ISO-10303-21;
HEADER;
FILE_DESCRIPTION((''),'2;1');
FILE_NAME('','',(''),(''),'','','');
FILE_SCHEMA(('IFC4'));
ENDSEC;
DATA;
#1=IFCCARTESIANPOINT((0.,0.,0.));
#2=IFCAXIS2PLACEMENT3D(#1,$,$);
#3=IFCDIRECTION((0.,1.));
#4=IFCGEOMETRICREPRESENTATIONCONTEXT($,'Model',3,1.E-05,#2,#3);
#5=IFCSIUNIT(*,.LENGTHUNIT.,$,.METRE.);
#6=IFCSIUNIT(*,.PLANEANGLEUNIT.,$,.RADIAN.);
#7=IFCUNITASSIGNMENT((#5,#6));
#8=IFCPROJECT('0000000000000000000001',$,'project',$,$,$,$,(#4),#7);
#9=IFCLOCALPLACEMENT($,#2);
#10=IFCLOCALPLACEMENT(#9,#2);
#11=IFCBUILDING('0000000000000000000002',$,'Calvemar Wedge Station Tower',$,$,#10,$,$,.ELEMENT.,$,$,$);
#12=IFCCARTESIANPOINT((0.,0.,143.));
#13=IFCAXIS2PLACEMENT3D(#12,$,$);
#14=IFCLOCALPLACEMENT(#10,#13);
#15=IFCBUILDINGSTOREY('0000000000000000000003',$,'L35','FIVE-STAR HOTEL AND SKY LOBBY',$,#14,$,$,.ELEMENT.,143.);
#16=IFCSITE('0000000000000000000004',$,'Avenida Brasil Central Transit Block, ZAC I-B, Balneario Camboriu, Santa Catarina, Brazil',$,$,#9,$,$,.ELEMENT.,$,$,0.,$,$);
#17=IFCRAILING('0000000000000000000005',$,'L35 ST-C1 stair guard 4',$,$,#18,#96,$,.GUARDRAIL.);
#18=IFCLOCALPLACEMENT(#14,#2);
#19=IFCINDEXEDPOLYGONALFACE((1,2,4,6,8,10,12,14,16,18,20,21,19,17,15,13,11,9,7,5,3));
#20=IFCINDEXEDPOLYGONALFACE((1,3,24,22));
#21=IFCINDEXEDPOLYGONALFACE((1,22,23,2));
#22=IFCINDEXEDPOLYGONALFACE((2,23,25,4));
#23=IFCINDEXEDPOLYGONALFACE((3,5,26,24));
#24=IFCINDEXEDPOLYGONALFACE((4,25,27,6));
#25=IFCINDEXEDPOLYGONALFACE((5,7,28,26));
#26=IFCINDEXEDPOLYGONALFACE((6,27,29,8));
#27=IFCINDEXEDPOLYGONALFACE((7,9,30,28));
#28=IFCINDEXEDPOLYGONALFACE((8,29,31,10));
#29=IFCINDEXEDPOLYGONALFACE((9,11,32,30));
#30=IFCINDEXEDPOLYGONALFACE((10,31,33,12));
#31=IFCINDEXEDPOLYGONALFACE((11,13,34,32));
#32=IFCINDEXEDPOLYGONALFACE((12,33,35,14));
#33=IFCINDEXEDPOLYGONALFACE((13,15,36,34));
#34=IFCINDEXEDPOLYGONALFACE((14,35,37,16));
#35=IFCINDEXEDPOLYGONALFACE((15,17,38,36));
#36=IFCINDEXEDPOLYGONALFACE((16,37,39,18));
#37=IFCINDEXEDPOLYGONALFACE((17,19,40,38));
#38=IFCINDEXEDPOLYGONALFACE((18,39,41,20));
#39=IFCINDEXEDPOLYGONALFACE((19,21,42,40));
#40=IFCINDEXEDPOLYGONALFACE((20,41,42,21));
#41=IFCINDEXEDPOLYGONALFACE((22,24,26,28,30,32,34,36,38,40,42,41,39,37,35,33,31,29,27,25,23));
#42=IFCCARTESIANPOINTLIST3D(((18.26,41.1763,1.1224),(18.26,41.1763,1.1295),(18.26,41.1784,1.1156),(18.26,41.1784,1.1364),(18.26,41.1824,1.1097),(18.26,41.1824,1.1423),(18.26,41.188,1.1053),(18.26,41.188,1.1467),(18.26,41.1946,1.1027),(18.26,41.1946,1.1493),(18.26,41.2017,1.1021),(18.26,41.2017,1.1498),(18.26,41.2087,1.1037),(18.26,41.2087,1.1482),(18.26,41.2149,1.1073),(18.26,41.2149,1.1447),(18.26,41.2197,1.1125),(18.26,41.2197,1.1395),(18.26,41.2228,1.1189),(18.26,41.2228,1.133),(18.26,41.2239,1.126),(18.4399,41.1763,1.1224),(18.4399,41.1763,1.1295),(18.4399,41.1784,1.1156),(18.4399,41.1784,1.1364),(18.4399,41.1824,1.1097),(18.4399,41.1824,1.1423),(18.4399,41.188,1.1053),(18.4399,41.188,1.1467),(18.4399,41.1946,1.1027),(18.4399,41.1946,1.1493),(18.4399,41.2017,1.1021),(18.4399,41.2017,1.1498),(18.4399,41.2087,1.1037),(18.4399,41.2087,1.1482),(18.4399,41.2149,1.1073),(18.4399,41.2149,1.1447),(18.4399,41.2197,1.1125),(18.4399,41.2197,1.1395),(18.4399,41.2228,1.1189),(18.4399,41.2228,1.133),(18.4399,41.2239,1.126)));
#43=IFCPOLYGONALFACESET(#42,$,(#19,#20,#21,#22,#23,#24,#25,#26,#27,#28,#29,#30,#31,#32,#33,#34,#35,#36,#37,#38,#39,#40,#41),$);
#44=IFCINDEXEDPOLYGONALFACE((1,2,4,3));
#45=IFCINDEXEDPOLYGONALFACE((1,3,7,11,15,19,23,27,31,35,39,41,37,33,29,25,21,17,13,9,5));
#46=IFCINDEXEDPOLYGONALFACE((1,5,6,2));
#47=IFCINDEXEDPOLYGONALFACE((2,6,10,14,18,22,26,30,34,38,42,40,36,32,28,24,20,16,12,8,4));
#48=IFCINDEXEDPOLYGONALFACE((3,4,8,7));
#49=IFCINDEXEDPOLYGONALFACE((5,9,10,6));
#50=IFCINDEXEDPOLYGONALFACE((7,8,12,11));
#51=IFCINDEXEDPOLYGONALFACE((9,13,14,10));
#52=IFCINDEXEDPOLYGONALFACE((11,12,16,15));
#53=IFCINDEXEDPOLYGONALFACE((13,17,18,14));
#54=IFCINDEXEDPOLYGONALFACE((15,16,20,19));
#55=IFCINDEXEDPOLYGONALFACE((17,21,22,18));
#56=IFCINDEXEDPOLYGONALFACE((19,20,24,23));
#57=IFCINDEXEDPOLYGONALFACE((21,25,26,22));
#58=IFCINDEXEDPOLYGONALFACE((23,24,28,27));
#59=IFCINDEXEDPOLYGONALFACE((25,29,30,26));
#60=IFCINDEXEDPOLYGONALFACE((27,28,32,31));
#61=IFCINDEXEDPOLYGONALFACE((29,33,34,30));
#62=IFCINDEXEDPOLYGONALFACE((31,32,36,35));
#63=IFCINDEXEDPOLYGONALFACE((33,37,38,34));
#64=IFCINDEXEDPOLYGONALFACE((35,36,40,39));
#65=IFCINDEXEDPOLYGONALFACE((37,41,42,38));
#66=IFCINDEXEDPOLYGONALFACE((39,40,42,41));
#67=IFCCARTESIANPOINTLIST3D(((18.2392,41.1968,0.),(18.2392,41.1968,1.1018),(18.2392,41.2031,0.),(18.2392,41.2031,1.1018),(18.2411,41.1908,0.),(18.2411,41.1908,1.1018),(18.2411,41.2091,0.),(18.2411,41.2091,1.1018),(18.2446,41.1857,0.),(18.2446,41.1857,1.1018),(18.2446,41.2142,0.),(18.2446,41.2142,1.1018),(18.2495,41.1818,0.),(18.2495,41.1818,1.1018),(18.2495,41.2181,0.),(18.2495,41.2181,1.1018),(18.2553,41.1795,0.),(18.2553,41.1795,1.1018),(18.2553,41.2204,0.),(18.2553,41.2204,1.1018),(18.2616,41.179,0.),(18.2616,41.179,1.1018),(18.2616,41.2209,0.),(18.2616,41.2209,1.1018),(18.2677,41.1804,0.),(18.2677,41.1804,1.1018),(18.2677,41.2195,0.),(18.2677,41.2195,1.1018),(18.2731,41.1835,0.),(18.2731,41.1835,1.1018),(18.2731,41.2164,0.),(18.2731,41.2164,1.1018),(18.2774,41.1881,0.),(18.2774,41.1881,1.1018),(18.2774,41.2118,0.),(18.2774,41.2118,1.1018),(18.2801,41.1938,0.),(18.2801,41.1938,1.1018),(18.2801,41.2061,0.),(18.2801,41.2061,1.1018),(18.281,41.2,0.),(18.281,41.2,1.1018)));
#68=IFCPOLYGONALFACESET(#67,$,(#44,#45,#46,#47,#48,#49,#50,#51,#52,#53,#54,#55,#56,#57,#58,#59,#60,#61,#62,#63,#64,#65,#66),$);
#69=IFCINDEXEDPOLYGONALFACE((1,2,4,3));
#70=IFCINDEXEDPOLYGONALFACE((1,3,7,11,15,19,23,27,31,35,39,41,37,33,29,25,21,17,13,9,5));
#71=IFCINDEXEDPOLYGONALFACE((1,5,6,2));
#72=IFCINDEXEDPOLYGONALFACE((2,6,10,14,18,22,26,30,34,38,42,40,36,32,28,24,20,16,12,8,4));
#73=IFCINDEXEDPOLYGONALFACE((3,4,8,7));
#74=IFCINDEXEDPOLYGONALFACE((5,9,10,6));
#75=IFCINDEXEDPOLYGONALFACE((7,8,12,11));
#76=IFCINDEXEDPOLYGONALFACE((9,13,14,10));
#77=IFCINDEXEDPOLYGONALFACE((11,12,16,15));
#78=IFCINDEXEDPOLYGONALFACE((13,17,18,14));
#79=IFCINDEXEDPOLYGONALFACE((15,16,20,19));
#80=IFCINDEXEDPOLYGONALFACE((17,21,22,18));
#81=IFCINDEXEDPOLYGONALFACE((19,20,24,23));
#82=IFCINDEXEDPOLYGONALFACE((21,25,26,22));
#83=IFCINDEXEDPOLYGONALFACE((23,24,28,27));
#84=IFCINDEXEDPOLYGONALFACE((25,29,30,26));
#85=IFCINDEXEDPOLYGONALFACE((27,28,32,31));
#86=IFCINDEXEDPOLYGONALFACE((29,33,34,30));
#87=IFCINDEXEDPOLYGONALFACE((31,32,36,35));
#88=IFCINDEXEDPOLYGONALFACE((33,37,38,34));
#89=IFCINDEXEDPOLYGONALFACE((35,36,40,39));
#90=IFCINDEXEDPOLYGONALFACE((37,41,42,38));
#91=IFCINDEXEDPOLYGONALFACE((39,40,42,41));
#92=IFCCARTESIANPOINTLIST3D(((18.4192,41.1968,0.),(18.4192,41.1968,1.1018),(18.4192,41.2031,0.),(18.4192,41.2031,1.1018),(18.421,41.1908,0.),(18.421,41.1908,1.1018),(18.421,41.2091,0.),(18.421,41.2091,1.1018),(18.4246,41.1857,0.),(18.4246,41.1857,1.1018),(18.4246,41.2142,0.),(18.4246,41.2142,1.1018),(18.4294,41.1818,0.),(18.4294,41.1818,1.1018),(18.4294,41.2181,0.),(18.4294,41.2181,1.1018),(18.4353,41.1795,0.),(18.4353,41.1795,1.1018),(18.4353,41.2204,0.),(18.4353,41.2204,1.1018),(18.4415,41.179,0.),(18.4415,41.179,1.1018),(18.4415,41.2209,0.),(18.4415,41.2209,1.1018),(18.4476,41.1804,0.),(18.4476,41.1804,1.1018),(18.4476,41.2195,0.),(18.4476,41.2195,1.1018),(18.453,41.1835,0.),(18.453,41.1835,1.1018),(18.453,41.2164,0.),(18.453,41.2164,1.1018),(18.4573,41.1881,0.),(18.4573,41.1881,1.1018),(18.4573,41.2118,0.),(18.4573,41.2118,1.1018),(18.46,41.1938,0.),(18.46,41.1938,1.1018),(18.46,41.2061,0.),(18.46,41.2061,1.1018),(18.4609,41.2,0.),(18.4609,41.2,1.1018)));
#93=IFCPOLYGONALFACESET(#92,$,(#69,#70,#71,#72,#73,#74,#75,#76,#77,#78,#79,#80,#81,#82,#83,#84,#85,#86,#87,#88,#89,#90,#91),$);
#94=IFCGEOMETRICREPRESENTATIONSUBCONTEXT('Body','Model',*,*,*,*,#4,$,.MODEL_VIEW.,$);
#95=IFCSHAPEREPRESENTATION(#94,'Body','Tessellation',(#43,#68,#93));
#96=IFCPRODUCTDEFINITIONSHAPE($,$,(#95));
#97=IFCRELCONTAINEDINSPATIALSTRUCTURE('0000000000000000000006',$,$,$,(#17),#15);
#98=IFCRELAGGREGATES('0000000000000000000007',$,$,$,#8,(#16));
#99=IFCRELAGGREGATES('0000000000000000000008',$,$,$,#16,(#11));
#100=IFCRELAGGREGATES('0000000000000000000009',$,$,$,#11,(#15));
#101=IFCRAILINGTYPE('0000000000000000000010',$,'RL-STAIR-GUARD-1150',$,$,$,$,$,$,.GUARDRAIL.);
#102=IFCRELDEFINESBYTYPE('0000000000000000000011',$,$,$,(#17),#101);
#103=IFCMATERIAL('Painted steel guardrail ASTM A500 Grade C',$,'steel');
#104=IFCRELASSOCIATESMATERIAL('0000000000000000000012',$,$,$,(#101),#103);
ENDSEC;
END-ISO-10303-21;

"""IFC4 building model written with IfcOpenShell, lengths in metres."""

from ifc_helpers import new_model, si_unit, direction, frame, origin, origin_2d, place, context, subcontext, project, spatial, circle, extrude, material, type_object, element, save


model = new_model("IFC4")

# Units and contexts
model_context = context("Model", 3, precision=1e-05, world=origin(), true_north=direction((0.0, 1.0)))
body_context = subcontext(model_context, "Body", "Model", "MODEL_VIEW")
ifc_project = project(units=[si_unit("LENGTHUNIT", "METRE"), si_unit("PLANEANGLEUNIT", "RADIAN")], contexts=[model_context])

# Site, building, storey
site_placement = place(None, origin())
site = spatial("IfcSite", under=ifc_project, at=site_placement, Name="Avenida Brasil Central Transit Block, ZAC I-B, Balneario Camboriu, Santa Catarina, Brazil", CompositionType="ELEMENT", RefElevation=0.0)
building_placement = place(site_placement, origin())
building = spatial("IfcBuilding", under=site, at=building_placement, Name="Calvemar Wedge Station Tower", CompositionType="ELEMENT")
storey_placement = place(building_placement, frame((0.0, 0.0, 143.0)))
storey = spatial("IfcBuildingStorey", under=building, at=storey_placement, Name="L35", Description="FIVE-STAR HOTEL AND SKY LOBBY", CompositionType="ELEMENT", Elevation=143.0)

# Railing
ifc_material_1 = material(Name="Painted steel guardrail ASTM A500 Grade C", Category="steel")
railing_type_1 = type_object("IfcRailingType", Name="RL-STAIR-GUARD-1150", PredefinedType="GUARDRAIL", material=ifc_material_1)
railing_1_placement = place(storey_placement, frame((18.26, 41.2, 0.0)))
element("IfcRailing", 1, at=railing_1_placement, inside=storey, type_object=railing_type_1, Name="L35 ST-C1 stair guard 4", PredefinedType="GUARDRAIL", context=body_context, shape_type="SweptSolid", body=[
    extrude(circle(Radius=0.0239, at=origin_2d()), frame((0.0, 0.0, 1.126), z_axis=(1.0, 0.0, 0.0), x_axis=(0.0, 1.0, 0.0)), (0.0, 0.0, 1.0), 0.1799),
    extrude(circle(Radius=0.021, at=origin_2d()), origin(), (0.0, 0.0, 1.0), 1.1018),
    extrude(circle(Radius=0.021, at=origin_2d()), frame((0.1799, 0.0, 0.0)), (0.0, 0.0, 1.0), 1.1018),
])

save(model, "model.ifc")
